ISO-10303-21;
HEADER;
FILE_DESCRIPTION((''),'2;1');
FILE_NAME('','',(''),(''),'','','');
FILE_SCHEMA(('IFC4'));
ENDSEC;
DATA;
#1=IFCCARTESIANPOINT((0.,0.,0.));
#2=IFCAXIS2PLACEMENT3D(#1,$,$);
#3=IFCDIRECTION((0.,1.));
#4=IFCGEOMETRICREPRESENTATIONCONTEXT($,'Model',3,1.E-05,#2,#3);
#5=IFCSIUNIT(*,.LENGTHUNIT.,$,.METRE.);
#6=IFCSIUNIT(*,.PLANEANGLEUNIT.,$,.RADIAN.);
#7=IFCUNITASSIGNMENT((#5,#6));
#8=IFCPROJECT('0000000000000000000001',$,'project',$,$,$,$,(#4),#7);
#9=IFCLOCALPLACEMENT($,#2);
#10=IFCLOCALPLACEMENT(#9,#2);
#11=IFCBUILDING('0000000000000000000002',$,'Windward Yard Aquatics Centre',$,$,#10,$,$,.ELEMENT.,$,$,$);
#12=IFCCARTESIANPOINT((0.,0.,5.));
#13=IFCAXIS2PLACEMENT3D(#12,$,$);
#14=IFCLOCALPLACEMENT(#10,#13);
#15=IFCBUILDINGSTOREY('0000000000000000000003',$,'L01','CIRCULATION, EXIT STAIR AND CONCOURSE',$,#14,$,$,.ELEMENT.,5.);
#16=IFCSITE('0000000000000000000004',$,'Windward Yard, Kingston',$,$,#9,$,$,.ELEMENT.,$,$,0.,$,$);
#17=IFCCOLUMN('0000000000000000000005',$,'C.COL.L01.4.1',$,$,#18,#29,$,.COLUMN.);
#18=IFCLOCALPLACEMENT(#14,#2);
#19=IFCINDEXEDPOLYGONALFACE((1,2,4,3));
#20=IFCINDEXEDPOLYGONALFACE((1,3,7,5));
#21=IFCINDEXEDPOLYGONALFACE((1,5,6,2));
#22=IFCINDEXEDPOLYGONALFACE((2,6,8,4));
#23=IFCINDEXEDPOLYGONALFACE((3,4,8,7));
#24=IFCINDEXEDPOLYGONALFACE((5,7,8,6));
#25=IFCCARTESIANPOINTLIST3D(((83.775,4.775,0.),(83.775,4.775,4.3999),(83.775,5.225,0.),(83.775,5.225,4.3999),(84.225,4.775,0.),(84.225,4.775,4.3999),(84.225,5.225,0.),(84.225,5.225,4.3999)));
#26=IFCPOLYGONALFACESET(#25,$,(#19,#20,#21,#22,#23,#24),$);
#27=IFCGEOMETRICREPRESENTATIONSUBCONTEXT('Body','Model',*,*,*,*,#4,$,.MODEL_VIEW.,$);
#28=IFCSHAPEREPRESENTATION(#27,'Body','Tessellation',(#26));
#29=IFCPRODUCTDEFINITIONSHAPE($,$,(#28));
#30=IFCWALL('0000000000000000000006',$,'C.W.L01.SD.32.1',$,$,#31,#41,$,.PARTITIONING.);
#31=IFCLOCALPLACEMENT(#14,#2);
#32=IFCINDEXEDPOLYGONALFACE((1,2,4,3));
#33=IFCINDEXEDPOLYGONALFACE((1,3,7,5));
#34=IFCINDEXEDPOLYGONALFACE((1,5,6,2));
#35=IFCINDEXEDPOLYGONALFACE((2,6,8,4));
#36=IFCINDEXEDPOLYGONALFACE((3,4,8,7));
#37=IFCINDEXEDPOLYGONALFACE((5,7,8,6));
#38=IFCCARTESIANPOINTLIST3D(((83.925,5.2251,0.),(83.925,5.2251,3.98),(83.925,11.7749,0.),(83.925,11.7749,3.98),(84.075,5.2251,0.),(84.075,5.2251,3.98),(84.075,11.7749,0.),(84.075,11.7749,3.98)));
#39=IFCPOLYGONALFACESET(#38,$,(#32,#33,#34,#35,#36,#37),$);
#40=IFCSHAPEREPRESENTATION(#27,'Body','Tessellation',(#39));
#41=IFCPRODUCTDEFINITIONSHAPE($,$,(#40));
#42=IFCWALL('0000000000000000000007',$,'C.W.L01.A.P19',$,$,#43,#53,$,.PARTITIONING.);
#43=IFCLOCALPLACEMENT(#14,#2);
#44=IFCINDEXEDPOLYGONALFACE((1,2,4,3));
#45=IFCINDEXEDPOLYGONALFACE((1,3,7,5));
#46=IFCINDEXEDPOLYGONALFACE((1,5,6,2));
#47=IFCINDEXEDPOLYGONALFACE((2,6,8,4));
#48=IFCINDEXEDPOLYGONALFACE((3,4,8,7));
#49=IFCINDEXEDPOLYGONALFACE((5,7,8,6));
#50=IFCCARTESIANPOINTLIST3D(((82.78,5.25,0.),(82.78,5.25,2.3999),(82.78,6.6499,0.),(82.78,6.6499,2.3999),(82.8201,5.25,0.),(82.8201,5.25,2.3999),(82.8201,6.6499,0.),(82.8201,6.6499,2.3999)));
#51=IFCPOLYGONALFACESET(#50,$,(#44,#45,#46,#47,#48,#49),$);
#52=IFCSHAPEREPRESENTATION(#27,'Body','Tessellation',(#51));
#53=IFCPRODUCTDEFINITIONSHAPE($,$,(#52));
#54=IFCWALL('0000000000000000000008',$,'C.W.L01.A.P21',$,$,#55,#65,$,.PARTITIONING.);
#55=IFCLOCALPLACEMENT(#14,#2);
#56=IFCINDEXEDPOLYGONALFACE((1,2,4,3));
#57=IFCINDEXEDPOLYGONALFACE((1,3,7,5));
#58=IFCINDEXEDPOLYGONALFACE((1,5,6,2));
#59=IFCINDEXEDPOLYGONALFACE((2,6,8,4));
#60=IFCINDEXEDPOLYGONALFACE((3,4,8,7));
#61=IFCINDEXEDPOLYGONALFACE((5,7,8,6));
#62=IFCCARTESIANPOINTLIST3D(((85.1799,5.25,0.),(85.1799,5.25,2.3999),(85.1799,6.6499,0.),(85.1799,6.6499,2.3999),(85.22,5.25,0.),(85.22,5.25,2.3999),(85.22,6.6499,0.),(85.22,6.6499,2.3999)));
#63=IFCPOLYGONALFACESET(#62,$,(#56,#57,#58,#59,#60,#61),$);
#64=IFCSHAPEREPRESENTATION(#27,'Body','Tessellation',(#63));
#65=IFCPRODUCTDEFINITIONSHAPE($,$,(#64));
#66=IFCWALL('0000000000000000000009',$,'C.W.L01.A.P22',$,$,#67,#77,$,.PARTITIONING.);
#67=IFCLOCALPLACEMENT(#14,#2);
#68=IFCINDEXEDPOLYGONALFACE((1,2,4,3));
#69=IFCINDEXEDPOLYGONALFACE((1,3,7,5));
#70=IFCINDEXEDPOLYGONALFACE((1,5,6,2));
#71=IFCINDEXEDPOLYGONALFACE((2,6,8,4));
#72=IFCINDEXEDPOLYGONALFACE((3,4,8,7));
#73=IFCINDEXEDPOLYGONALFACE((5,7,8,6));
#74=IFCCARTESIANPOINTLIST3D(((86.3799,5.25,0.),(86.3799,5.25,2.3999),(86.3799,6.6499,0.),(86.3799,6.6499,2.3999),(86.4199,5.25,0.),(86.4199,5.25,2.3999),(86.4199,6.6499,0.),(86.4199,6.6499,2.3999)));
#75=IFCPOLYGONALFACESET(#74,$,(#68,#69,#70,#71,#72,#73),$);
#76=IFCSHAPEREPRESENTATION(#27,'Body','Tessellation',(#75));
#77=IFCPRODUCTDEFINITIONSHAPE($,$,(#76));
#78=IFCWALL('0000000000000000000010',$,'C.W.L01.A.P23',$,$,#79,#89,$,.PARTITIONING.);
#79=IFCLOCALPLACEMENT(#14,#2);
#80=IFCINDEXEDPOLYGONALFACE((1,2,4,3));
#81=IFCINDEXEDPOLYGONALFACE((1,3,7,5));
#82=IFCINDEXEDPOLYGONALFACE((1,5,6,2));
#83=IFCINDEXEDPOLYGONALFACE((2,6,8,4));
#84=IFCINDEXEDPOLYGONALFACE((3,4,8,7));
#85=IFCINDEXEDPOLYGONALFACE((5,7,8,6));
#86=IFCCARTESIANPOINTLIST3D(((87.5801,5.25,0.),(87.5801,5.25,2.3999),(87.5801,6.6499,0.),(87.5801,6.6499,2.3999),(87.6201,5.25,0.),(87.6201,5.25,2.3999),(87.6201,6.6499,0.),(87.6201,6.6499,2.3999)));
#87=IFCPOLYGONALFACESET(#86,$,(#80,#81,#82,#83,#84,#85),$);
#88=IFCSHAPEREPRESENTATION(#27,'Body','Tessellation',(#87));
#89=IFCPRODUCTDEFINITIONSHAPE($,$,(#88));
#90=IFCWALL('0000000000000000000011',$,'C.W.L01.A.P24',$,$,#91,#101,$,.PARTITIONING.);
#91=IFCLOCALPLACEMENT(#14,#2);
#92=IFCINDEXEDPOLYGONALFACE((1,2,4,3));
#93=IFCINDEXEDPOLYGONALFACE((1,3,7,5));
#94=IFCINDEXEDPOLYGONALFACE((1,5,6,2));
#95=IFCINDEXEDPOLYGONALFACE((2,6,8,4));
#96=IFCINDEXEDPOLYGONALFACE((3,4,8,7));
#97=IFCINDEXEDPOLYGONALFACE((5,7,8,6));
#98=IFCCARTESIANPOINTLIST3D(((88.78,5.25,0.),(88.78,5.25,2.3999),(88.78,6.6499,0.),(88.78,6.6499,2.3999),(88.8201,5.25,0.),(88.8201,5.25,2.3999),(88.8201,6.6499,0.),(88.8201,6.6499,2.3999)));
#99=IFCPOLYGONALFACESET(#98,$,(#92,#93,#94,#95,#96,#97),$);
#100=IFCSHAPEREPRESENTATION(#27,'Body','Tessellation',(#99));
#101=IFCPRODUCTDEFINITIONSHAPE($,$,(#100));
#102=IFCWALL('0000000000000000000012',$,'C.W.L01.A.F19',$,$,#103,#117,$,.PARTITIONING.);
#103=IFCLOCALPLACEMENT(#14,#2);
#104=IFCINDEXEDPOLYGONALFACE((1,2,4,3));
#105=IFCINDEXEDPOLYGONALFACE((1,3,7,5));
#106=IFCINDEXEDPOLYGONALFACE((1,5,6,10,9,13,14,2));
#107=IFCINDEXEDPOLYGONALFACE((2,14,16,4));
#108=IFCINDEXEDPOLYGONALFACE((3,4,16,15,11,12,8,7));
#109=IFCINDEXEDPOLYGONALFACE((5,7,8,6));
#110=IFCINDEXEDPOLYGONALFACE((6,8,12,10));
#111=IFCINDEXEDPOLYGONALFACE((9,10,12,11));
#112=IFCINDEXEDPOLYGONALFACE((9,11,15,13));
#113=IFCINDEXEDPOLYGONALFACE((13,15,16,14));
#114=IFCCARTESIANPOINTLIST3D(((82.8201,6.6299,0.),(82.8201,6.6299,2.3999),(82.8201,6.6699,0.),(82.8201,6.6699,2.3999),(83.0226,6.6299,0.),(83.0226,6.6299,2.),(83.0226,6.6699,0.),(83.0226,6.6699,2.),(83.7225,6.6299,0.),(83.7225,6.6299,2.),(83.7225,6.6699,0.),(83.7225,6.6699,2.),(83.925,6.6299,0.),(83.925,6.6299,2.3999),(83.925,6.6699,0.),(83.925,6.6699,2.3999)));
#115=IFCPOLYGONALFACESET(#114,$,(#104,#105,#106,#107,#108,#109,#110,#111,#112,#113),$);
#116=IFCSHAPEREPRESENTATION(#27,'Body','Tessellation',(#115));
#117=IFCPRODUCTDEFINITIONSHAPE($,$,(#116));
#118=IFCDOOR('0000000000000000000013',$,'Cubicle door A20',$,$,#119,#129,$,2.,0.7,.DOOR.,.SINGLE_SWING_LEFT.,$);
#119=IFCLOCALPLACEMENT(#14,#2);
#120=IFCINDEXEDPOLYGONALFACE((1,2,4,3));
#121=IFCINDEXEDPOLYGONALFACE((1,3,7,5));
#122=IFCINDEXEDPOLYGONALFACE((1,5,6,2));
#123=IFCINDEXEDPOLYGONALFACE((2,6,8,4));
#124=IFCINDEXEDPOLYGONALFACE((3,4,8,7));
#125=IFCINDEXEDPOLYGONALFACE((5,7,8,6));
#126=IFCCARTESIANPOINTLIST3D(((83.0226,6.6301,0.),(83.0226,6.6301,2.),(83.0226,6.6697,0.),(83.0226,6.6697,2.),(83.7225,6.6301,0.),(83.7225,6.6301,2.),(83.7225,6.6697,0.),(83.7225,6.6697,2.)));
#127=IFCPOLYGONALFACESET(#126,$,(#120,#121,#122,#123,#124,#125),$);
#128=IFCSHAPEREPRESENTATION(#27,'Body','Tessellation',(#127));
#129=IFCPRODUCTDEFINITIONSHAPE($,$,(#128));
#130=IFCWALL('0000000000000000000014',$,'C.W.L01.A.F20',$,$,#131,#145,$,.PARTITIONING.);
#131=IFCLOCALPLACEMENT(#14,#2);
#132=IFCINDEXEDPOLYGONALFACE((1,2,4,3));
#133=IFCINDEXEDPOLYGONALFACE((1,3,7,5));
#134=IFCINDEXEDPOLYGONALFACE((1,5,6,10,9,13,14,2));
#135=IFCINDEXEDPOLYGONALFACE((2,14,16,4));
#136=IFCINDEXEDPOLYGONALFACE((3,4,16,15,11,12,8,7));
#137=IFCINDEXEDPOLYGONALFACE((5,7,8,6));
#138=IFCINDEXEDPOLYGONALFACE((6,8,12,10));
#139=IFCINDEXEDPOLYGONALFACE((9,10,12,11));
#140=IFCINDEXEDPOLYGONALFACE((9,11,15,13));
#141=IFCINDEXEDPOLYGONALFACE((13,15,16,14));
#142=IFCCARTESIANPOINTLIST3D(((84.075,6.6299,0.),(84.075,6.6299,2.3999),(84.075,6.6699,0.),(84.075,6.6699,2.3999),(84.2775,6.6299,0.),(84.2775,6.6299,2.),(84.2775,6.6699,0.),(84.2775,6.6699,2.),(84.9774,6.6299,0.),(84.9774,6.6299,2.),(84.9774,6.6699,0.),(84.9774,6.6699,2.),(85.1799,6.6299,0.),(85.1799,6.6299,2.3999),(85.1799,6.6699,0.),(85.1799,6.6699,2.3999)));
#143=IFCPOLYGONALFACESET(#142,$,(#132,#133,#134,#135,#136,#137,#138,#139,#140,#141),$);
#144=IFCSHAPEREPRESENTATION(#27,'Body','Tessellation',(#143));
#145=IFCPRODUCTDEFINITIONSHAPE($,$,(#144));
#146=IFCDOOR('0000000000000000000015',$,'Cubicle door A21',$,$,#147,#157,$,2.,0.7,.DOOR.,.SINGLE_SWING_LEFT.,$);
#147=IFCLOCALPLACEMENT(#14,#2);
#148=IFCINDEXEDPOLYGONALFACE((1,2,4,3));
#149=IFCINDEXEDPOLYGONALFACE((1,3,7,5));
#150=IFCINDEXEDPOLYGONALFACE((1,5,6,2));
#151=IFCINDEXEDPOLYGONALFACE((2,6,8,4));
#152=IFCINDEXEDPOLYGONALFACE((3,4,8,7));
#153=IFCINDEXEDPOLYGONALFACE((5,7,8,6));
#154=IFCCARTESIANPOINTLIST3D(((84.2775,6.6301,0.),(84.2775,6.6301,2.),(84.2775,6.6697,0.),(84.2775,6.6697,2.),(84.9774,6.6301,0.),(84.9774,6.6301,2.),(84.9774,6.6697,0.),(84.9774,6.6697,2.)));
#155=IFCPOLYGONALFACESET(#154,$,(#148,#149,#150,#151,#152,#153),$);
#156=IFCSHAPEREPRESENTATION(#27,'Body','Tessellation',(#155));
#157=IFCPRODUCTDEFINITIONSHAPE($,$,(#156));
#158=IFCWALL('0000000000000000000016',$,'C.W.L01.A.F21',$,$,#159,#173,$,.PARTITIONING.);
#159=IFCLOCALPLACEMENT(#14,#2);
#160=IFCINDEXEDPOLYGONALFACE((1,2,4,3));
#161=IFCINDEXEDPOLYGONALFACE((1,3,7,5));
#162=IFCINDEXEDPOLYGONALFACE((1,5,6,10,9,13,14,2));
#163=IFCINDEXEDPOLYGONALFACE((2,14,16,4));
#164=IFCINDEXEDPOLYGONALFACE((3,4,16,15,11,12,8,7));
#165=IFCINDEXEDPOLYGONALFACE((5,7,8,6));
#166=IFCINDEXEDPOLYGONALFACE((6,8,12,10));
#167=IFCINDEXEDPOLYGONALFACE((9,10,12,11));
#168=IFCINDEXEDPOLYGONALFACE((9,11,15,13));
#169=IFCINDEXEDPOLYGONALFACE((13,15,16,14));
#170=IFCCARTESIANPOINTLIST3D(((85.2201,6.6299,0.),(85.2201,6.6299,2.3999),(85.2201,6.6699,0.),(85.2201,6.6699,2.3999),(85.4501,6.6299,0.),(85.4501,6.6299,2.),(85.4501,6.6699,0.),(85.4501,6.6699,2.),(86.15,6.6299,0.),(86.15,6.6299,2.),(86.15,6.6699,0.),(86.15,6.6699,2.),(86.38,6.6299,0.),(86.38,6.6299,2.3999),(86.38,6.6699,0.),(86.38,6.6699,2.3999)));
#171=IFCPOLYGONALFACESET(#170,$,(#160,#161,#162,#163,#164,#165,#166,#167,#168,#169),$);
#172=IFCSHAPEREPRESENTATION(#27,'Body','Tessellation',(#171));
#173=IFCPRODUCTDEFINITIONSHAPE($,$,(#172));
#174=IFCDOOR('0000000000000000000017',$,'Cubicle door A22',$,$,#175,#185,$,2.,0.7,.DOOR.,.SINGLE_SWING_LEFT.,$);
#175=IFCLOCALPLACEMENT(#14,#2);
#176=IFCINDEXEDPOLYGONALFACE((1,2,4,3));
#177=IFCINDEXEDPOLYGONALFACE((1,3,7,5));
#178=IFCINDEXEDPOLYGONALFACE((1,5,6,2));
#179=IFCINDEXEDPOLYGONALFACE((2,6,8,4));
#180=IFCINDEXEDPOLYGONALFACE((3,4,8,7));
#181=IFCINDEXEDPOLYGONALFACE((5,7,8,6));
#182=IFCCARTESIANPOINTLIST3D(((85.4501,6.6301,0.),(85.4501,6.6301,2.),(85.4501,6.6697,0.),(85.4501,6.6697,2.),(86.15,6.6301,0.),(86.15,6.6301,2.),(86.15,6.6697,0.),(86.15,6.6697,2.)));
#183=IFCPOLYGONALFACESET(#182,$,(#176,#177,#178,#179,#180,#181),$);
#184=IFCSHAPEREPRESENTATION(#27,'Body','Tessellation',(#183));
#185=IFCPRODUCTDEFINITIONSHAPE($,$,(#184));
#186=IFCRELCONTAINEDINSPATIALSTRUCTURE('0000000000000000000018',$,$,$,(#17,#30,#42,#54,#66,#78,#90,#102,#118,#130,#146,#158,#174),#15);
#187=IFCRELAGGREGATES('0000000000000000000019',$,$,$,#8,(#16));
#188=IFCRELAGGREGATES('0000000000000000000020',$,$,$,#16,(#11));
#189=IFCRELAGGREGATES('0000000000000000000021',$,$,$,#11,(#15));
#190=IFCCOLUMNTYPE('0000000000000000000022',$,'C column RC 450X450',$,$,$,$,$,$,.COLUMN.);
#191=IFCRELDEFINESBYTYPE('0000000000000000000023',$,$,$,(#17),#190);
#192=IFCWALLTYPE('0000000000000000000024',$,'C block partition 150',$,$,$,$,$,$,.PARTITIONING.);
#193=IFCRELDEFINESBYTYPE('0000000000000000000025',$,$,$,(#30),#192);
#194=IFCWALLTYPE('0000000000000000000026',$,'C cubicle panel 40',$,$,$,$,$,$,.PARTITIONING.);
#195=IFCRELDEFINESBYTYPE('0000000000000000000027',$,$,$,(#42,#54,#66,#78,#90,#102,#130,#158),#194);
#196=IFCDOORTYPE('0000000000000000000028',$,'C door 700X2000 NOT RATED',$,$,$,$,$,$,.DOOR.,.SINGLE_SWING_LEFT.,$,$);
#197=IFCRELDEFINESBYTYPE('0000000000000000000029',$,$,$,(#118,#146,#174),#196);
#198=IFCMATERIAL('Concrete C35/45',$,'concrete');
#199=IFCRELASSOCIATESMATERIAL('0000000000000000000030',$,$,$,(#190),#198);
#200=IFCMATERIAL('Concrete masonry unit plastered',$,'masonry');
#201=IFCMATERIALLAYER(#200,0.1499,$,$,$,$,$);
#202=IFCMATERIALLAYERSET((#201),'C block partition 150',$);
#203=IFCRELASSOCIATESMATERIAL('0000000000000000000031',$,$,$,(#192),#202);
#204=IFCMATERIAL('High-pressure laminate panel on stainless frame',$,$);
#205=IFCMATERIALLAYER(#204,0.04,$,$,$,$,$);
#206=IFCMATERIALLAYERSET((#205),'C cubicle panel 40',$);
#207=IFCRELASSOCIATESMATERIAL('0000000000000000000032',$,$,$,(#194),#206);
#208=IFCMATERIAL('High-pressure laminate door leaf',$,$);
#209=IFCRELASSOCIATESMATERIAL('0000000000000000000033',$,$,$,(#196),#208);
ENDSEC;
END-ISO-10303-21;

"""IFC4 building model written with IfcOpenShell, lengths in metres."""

from ifc_helpers import new_model, si_unit, direction, frame, frame_2d, origin, origin_2d, place, context, subcontext, project, spatial, rectangle, extrude, material, layer, layer_set, material_profile, profile_set, type_object, element, fill, save


model = new_model("IFC4")

# Units and contexts
model_context = context("Model", 3, precision=1e-05, world=origin(), true_north=direction((0.0, 1.0)))
body_context = subcontext(model_context, "Body", "Model", "MODEL_VIEW")
ifc_project = project(units=[si_unit("LENGTHUNIT", "METRE"), si_unit("PLANEANGLEUNIT", "RADIAN")], contexts=[model_context])

# Site, building, storey
site_placement = place(None, origin())
site = spatial("IfcSite", under=ifc_project, at=site_placement, Name="Windward Yard, Kingston", CompositionType="ELEMENT", RefElevation=0.0)
building_placement = place(site_placement, origin())
building = spatial("IfcBuilding", under=site, at=building_placement, Name="Windward Yard Aquatics Centre", CompositionType="ELEMENT")
storey_placement = place(building_placement, frame((0.0, 0.0, 5.0)))
storey = spatial("IfcBuildingStorey", under=building, at=storey_placement, Name="L01", Description="CIRCULATION, EXIT STAIR AND CONCOURSE", CompositionType="ELEMENT", Elevation=5.0)

# Column
ifc_material_1 = material(Name="Concrete C35/45", Category="concrete")
ifc_material_profile = material_profile(ifc_material_1, rectangle(XDim=0.45, YDim=0.45, at=origin_2d()), Name="RC 450X450")
ifc_profile_set = profile_set([ifc_material_profile], Name="Concrete C35/45")
column_type = type_object("IfcColumnType", Name="C column RC 450X450", PredefinedType="COLUMN", material=ifc_profile_set)
column_placement = place(storey_placement, frame((84.0, 5.0, 0.0), z_axis=(0.0, 0.0, 1.0), x_axis=(1.0, 0.0, 0.0)))
element("IfcColumn", 1, at=column_placement, inside=storey, type_object=column_type, Name="C.COL.L01.4.1", PredefinedType="COLUMN", context=body_context, shape_type="SweptSolid", body=[
    extrude(rectangle(XDim=0.45, YDim=0.45, at=origin_2d()), origin(), (0.0, 0.0, 1.0), 4.3999),
])

# Walls
ifc_material_2 = material(Name="Concrete masonry unit plastered", Category="masonry")
ifc_layer_1 = layer(ifc_material_2, 0.1499)
ifc_layer_set_1 = layer_set([ifc_layer_1], Name="C block partition 150")
wall_type_1 = type_object("IfcWallType", Name="C block partition 150", PredefinedType="PARTITIONING", material=ifc_layer_set_1)
wall_1_placement = place(storey_placement, frame((84.0, 5.2251, 0.0), z_axis=(0.0, 0.0, 1.0), x_axis=(0.0, 1.0, 0.0)))
element("IfcWall", 2, at=wall_1_placement, inside=storey, type_object=wall_type_1, Name="C.W.L01.SD.32.1", PredefinedType="PARTITIONING", context=body_context, shape_type="SweptSolid", body=[
    extrude(rectangle(XDim=6.5498, YDim=0.1499, at=frame_2d((3.2749, 0.0))), origin(), (0.0, 0.0, 1.0), 3.98),
])
ifc_material_3 = material(Name="High-pressure laminate panel on stainless frame")
ifc_layer_2 = layer(ifc_material_3, 0.04)
ifc_layer_set_2 = layer_set([ifc_layer_2], Name="C cubicle panel 40")
wall_type_2 = type_object("IfcWallType", Name="C cubicle panel 40", PredefinedType="PARTITIONING", material=ifc_layer_set_2)
for number, where, z_axis, x_axis, name in (
    (3, (82.8, 5.25, 0.0), (0.0, 0.0, 1.0), (0.0, 1.0, 0.0), "C.W.L01.A.P19"),
    (4, (85.2, 5.25, 0.0), (0.0, 0.0, 1.0), (0.0, 1.0, 0.0), "C.W.L01.A.P21"),
    (5, (86.3999, 5.25, 0.0), (0.0, 0.0, 1.0), (0.0, 1.0, 0.0), "C.W.L01.A.P22"),
    (6, (87.6001, 5.25, 0.0), (0.0, 0.0, 1.0), (0.0, 1.0, 0.0), "C.W.L01.A.P23"),
    (7, (88.8, 5.25, 0.0), (0.0, 0.0, 1.0), (0.0, 1.0, 0.0), "C.W.L01.A.P24"),
):
    element("IfcWall", number, at=place(storey_placement, frame(where, z_axis=z_axis, x_axis=x_axis)), inside=storey, type_object=wall_type_2, Name=name, PredefinedType="PARTITIONING", context=body_context, shape_type="SweptSolid", body=[
        extrude(rectangle(XDim=1.3999, YDim=0.04, at=frame_2d((0.7, 0.0))), origin(), (0.0, 0.0, 1.0), 2.3999),
    ])

# Walls, openings, doors
wall_2_placement = place(storey_placement, frame((82.8201, 6.6499, 0.0), z_axis=(0.0, 0.0, 1.0), x_axis=(1.0, 0.0, 0.0)))
wall_2 = element("IfcWall", 8, at=wall_2_placement, inside=storey, type_object=wall_type_2, Name="C.W.L01.A.F19", PredefinedType="PARTITIONING", context=body_context, shape_type="SweptSolid", body=[
    extrude(rectangle(XDim=1.105, YDim=0.04, at=frame_2d((0.5525, 0.0))), origin(), (0.0, 0.0, 1.0), 2.3999),
])
opening_1_placement = place(wall_2_placement, frame((0.2024, 0.0, 0.0)))
opening_1 = element("IfcOpeningElement", 9, at=opening_1_placement, cuts=wall_2, PredefinedType="OPENING", context=body_context, shape_type="SweptSolid", body=[
    extrude(rectangle(XDim=0.7, YDim=2.0, at=frame_2d((0.3501, 1.0))), frame((0.0, 0.03, 0.0), z_axis=(0.0, -1.0, 0.0), x_axis=(1.0, 0.0, 0.0)), (0.0, 0.0, 1.0), 0.0601),
])
ifc_material_4 = material(Name="High-pressure laminate door leaf")
door_type = type_object("IfcDoorType", Name="C door 700X2000 NOT RATED", OperationType="SINGLE_SWING_LEFT", PredefinedType="DOOR", material=ifc_material_4)
door_1_placement = place(opening_1_placement, origin())
door_1 = element("IfcDoor", 10, at=door_1_placement, inside=storey, type_object=door_type, Name="Cubicle door A20", OperationType="SINGLE_SWING_LEFT", OverallHeight=2.0, OverallWidth=0.7, PredefinedType="DOOR", context=body_context, shape_type="SweptSolid", body=[
    extrude(rectangle(XDim=0.7, YDim=2.0, at=frame_2d((0.3501, 1.0))), frame((0.0, 0.0198, 0.0), z_axis=(0.0, -1.0, 0.0), x_axis=(1.0, 0.0, 0.0)), (0.0, 0.0, 1.0), 0.0396),
])
fill(opening_1, door_1)
wall_3_placement = place(storey_placement, frame((84.075, 6.6499, 0.0), z_axis=(0.0, 0.0, 1.0), x_axis=(1.0, 0.0, 0.0)))
wall_3 = element("IfcWall", 11, at=wall_3_placement, inside=storey, type_object=wall_type_2, Name="C.W.L01.A.F20", PredefinedType="PARTITIONING", context=body_context, shape_type="SweptSolid", body=[
    extrude(rectangle(XDim=1.105, YDim=0.04, at=frame_2d((0.5525, 0.0))), origin(), (0.0, 0.0, 1.0), 2.3999),
])
opening_2_placement = place(wall_3_placement, frame((0.2024, 0.0, 0.0)))
opening_2 = element("IfcOpeningElement", 12, at=opening_2_placement, cuts=wall_3, PredefinedType="OPENING", context=body_context, shape_type="SweptSolid", body=[
    extrude(rectangle(XDim=0.7, YDim=2.0, at=frame_2d((0.3501, 1.0))), frame((0.0, 0.03, 0.0), z_axis=(0.0, -1.0, 0.0), x_axis=(1.0, 0.0, 0.0)), (0.0, 0.0, 1.0), 0.0601),
])
door_2_placement = place(opening_2_placement, origin())
door_2 = element("IfcDoor", 13, at=door_2_placement, inside=storey, type_object=door_type, Name="Cubicle door A21", OperationType="SINGLE_SWING_LEFT", OverallHeight=2.0, OverallWidth=0.7, PredefinedType="DOOR", context=body_context, shape_type="SweptSolid", body=[
    extrude(rectangle(XDim=0.7, YDim=2.0, at=frame_2d((0.3501, 1.0))), frame((0.0, 0.0198, 0.0), z_axis=(0.0, -1.0, 0.0), x_axis=(1.0, 0.0, 0.0)), (0.0, 0.0, 1.0), 0.0396),
])
fill(opening_2, door_2)
wall_4_placement = place(storey_placement, frame((85.22, 6.6499, 0.0), z_axis=(0.0, 0.0, 1.0), x_axis=(1.0, 0.0, 0.0)))
wall_4 = element("IfcWall", 14, at=wall_4_placement, inside=storey, type_object=wall_type_2, Name="C.W.L01.A.F21", PredefinedType="PARTITIONING", context=body_context, shape_type="SweptSolid", body=[
    extrude(rectangle(XDim=1.1599, YDim=0.04, at=frame_2d((0.5801, 0.0))), origin(), (0.0, 0.0, 1.0), 2.3999),
])
opening_3_placement = place(wall_4_placement, frame((0.23, 0.0, 0.0)))
opening_3 = element("IfcOpeningElement", 15, at=opening_3_placement, cuts=wall_4, PredefinedType="OPENING", context=body_context, shape_type="SweptSolid", body=[
    extrude(rectangle(XDim=0.7, YDim=2.0, at=frame_2d((0.3501, 1.0))), frame((0.0, 0.03, 0.0), z_axis=(0.0, -1.0, 0.0), x_axis=(1.0, 0.0, 0.0)), (0.0, 0.0, 1.0), 0.0601),
])
door_3_placement = place(opening_3_placement, origin())
door_3 = element("IfcDoor", 16, at=door_3_placement, inside=storey, type_object=door_type, Name="Cubicle door A22", OperationType="SINGLE_SWING_LEFT", OverallHeight=2.0, OverallWidth=0.7, PredefinedType="DOOR", context=body_context, shape_type="SweptSolid", body=[
    extrude(rectangle(XDim=0.7, YDim=2.0, at=frame_2d((0.3501, 1.0))), frame((0.0, 0.0198, 0.0), z_axis=(0.0, -1.0, 0.0), x_axis=(1.0, 0.0, 0.0)), (0.0, 0.0, 1.0), 0.0396),
])
fill(opening_3, door_3)

save(model, "model.ifc")
